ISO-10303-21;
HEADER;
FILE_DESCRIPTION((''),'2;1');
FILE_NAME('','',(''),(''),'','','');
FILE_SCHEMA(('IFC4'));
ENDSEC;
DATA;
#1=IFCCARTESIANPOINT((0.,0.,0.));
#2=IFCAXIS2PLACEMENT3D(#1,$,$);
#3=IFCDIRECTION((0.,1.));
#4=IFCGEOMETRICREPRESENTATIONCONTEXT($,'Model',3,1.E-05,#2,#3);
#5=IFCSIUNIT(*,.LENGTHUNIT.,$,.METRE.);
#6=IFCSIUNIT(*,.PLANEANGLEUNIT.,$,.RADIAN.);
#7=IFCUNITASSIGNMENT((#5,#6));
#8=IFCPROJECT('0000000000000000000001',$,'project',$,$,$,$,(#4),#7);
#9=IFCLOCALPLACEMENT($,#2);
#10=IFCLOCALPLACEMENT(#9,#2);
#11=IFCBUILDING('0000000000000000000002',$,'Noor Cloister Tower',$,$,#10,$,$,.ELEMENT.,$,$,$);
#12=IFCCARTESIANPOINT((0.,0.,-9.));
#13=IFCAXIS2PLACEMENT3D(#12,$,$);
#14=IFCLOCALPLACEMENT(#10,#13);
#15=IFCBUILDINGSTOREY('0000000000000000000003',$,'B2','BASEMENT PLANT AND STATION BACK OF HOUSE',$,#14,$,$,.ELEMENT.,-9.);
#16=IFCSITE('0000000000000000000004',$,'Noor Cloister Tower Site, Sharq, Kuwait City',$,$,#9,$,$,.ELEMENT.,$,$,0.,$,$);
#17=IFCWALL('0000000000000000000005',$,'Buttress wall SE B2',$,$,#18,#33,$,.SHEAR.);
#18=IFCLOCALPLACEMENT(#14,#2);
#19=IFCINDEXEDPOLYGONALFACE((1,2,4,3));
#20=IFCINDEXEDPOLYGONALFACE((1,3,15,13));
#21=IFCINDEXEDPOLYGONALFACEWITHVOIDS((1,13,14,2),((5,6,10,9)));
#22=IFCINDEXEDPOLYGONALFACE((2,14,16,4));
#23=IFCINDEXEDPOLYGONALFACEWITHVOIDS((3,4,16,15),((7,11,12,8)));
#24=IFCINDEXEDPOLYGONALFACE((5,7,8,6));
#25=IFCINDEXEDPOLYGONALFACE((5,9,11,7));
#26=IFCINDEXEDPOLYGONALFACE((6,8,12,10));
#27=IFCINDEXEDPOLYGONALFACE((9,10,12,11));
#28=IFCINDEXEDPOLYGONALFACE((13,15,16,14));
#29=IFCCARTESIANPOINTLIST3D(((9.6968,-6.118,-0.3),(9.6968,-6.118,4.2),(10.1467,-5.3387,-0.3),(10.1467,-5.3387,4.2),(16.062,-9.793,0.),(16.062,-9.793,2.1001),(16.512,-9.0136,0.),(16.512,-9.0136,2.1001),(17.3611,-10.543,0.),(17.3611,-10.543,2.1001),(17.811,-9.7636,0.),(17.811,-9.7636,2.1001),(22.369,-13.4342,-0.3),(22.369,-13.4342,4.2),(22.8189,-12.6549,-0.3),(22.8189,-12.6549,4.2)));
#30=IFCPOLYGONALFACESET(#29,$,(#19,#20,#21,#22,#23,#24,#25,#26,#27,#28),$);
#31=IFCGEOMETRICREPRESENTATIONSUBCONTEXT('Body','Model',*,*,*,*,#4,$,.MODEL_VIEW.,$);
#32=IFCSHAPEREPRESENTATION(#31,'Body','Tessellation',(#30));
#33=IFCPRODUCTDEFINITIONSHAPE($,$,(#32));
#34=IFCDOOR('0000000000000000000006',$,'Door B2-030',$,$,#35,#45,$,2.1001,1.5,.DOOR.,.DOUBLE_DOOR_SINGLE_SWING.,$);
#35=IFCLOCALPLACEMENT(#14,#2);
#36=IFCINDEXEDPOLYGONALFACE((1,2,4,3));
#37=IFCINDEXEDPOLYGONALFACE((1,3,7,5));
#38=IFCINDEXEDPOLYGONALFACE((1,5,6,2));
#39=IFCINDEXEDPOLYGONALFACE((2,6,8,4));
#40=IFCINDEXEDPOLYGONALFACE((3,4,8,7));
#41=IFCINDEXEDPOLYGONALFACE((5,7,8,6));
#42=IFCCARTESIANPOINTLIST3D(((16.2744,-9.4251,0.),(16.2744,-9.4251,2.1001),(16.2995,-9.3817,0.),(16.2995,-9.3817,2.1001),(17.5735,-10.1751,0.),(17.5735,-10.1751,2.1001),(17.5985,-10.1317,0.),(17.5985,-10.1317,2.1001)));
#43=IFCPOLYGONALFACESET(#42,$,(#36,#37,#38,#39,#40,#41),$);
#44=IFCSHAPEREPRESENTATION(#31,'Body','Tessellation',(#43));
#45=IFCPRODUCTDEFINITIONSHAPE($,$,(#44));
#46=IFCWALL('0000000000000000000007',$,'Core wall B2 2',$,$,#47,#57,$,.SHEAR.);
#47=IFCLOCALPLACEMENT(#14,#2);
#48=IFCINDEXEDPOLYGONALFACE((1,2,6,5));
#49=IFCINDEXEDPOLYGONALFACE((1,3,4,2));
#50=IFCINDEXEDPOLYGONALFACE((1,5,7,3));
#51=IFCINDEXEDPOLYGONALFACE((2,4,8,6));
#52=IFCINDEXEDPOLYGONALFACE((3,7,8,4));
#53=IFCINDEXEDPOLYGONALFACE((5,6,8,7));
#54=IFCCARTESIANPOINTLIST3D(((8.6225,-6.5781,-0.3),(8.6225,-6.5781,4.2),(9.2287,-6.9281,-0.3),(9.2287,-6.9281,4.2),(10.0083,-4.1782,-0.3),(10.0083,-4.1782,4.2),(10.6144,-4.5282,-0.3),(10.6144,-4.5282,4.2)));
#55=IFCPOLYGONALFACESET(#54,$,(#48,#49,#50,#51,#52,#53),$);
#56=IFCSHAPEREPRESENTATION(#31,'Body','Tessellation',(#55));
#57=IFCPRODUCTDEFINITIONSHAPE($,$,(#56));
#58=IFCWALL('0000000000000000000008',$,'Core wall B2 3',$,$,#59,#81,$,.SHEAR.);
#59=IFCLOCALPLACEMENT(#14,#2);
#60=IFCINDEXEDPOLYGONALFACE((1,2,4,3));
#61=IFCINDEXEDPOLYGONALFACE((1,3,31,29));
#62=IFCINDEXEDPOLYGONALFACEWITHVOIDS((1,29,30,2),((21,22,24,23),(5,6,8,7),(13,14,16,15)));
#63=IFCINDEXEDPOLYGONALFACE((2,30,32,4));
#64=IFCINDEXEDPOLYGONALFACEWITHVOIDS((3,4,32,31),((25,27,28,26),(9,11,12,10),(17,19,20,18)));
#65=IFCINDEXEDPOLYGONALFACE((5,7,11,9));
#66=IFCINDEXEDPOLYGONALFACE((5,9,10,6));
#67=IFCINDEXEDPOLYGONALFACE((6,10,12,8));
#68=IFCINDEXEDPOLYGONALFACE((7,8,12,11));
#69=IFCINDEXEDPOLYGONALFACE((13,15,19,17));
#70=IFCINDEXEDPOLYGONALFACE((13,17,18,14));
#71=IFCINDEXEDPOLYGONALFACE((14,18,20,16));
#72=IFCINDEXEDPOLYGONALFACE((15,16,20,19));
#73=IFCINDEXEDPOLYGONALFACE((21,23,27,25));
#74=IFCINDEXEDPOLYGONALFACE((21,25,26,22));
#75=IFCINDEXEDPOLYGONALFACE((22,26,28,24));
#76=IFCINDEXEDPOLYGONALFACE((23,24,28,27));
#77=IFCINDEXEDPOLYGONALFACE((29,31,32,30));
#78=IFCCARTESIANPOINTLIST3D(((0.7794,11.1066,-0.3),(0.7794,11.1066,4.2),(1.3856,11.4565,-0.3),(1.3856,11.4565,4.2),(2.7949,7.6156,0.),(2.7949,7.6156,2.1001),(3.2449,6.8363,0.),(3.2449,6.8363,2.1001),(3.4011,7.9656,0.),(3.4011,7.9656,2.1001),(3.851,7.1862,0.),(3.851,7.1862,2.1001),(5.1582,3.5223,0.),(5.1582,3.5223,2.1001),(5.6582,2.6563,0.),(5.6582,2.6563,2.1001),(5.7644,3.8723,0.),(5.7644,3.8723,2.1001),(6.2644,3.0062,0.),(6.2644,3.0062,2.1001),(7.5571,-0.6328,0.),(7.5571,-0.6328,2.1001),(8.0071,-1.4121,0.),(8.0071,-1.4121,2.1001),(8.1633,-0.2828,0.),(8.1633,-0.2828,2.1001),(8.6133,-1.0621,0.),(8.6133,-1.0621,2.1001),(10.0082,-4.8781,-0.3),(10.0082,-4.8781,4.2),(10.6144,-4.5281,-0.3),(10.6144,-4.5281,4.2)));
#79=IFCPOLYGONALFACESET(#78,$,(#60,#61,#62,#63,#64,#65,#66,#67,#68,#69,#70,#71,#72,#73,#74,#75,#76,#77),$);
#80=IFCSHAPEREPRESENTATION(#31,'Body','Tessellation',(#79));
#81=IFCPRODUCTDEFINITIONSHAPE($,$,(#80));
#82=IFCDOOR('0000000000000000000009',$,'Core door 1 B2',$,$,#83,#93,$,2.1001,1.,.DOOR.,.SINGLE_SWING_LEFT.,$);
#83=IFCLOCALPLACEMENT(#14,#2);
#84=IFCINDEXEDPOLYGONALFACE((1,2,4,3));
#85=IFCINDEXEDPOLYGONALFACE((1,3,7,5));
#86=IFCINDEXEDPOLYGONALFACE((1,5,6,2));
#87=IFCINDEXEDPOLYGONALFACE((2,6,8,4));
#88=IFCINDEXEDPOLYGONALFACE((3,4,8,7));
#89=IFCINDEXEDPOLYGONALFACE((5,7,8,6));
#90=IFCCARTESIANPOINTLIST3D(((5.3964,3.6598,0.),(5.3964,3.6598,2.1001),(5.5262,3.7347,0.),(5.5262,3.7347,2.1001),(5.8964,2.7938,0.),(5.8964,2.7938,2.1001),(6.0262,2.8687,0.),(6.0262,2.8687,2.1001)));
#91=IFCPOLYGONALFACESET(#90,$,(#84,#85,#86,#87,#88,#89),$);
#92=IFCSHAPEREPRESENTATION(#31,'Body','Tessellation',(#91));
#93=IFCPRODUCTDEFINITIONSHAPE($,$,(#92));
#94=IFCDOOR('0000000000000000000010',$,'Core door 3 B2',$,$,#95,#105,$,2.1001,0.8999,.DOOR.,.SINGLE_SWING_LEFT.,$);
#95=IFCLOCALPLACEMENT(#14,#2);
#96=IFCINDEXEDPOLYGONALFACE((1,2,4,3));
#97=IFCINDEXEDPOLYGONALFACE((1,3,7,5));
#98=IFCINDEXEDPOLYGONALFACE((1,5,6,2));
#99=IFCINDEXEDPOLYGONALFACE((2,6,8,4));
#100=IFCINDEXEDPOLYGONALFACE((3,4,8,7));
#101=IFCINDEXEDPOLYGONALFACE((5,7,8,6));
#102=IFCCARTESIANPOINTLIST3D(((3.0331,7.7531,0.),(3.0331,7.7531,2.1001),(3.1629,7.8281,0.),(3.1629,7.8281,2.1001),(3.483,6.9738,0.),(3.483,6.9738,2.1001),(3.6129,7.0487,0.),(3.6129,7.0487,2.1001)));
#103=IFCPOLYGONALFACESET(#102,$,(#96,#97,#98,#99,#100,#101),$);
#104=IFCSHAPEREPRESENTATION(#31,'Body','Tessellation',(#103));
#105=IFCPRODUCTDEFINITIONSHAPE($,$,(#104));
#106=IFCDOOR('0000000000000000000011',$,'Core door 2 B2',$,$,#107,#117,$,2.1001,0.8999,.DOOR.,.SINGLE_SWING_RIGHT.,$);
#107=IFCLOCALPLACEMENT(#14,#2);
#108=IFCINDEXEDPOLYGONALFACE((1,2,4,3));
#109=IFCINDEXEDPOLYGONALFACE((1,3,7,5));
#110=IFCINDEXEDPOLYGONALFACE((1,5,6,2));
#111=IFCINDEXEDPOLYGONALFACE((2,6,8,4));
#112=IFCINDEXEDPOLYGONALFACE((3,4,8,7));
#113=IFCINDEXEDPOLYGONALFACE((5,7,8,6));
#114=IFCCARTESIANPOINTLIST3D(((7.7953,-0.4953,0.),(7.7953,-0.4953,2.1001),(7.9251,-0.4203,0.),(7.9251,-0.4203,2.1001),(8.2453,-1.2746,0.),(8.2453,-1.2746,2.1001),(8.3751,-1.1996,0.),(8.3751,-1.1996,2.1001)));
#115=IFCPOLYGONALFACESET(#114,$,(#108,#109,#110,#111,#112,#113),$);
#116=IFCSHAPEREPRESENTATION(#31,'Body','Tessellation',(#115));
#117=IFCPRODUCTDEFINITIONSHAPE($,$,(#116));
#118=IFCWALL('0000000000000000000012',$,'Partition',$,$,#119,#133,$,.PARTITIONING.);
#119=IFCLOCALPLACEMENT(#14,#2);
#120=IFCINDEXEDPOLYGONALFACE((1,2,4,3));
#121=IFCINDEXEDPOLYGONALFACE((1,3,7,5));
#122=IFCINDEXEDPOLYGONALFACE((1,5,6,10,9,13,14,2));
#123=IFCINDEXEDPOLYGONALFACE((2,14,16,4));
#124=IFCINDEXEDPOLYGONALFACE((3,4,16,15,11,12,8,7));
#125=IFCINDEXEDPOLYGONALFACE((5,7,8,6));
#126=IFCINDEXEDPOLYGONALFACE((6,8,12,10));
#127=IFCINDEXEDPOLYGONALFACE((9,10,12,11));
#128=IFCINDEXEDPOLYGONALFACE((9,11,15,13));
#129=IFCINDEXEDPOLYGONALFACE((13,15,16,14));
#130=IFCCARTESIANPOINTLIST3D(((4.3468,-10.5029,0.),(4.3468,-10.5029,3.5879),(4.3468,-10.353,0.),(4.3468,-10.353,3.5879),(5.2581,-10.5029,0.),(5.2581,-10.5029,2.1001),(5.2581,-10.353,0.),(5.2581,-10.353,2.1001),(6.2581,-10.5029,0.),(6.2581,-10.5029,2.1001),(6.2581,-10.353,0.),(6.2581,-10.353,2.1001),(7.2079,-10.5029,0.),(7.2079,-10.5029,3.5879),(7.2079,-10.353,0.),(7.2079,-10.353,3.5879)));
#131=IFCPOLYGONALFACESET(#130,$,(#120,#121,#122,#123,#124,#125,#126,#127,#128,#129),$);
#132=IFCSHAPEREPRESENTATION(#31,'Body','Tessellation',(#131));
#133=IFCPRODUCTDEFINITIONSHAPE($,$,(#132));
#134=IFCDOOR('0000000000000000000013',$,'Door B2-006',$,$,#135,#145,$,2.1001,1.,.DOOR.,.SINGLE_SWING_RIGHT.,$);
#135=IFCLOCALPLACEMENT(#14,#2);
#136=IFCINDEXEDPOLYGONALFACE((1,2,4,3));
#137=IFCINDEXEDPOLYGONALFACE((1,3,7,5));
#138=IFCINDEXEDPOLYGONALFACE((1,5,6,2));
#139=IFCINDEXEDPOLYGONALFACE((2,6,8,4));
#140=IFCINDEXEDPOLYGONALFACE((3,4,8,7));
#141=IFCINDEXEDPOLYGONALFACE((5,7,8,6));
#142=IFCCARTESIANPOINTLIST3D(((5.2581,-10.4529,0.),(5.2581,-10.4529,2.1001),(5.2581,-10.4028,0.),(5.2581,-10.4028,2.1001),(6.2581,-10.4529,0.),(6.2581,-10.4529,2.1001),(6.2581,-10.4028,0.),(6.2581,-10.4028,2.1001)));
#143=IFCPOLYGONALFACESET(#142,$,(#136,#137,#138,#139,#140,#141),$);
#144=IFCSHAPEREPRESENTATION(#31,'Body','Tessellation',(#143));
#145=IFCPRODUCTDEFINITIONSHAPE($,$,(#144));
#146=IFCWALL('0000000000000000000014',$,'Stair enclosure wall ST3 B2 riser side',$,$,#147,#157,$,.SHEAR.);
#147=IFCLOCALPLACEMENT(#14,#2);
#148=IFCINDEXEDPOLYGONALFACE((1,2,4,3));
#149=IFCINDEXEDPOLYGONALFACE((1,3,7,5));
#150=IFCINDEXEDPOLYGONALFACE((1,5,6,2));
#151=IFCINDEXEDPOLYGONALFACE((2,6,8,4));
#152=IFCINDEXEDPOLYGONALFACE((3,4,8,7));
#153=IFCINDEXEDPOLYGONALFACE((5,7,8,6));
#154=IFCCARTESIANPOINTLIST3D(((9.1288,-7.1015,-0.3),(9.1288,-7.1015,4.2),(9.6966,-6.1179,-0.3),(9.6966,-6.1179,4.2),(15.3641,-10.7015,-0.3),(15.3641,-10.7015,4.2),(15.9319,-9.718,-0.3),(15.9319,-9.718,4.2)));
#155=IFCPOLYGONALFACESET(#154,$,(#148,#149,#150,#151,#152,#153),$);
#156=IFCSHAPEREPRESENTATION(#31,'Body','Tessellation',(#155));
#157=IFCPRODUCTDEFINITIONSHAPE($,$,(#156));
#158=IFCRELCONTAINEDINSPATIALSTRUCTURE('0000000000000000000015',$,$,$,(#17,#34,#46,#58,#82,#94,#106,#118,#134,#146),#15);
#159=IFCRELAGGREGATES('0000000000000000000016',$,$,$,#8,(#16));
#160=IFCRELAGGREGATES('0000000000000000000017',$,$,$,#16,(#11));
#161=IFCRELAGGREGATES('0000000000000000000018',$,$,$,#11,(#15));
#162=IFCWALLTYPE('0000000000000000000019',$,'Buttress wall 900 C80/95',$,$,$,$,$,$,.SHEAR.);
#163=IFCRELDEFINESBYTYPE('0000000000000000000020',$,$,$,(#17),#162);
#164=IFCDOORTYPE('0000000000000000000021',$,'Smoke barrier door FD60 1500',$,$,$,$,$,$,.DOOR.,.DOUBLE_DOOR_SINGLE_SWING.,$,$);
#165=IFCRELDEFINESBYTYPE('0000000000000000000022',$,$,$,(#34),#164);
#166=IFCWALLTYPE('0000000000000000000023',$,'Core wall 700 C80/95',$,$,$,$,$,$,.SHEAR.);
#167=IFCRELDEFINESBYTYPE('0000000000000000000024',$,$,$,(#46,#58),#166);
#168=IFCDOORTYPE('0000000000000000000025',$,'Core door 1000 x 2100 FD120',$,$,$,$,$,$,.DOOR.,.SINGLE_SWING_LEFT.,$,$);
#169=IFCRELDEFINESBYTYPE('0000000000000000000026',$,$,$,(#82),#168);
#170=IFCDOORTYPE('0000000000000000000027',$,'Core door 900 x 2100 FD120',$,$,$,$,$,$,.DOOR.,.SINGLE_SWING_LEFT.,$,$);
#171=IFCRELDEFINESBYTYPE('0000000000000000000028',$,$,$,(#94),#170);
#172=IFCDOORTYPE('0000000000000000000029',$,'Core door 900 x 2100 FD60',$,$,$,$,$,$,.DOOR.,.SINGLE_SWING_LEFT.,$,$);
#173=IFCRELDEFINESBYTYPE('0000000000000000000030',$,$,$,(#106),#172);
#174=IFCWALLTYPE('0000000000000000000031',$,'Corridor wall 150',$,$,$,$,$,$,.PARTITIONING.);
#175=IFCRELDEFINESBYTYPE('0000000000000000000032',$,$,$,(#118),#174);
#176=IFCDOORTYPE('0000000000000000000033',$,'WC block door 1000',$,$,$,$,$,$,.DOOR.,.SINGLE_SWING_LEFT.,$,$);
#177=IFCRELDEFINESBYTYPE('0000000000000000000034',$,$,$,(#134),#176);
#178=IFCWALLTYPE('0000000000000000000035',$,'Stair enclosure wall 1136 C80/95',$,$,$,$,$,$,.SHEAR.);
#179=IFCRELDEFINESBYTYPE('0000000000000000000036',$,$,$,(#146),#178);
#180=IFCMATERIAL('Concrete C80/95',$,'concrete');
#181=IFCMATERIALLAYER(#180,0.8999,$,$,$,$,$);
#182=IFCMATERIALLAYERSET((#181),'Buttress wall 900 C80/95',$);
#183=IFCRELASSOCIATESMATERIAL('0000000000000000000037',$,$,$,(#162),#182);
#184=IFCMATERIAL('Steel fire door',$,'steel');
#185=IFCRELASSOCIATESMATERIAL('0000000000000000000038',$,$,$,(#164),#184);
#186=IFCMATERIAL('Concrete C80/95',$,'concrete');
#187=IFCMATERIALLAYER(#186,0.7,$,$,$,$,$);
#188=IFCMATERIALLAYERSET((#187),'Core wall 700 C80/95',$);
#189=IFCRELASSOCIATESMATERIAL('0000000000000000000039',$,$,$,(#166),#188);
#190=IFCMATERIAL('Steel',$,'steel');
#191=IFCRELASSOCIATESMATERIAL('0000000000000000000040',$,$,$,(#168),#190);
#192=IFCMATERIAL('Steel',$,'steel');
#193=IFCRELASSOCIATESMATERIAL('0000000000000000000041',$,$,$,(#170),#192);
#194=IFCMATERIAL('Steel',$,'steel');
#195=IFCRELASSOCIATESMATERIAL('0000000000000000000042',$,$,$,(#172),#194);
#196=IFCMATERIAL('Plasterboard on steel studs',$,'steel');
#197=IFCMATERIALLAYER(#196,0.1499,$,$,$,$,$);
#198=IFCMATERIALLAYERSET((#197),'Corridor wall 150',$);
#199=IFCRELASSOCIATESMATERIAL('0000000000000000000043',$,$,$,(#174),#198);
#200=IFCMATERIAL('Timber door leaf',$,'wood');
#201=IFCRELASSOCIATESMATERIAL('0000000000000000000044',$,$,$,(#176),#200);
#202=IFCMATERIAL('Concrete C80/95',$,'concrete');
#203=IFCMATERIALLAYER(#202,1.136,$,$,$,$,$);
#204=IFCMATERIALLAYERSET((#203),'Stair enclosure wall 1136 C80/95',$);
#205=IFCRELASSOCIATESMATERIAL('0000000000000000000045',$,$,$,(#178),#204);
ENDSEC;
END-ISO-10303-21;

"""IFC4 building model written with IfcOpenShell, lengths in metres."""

from ifc_helpers import new_model, si_unit, direction, frame, frame_2d, origin, place, context, subcontext, project, spatial, rectangle, extrude, material, layer, layer_set, type_object, element, fill, save


model = new_model("IFC4")

# Units and contexts
model_context = context("Model", 3, precision=1e-05, world=origin(), true_north=direction((0.0, 1.0)))
body_context = subcontext(model_context, "Body", "Model", "MODEL_VIEW")
ifc_project = project(units=[si_unit("LENGTHUNIT", "METRE"), si_unit("PLANEANGLEUNIT", "RADIAN")], contexts=[model_context])

# Site, building, storey
site_placement = place(None, origin())
site = spatial("IfcSite", under=ifc_project, at=site_placement, Name="Noor Cloister Tower Site, Sharq, Kuwait City", CompositionType="ELEMENT", RefElevation=0.0)
building_placement = place(site_placement, origin())
building = spatial("IfcBuilding", under=site, at=building_placement, Name="Noor Cloister Tower", CompositionType="ELEMENT")
storey_placement = place(building_placement, frame((0.0, 0.0, -9.0)))
storey = spatial("IfcBuildingStorey", under=building, at=storey_placement, Name="B2", Description="BASEMENT PLANT AND STATION BACK OF HOUSE", CompositionType="ELEMENT", Elevation=-9.0)

# Wall, opening, door
ifc_material_1 = material(Name="Concrete C80/95", Category="concrete")
ifc_layer_1 = layer(ifc_material_1, 0.8999)
ifc_layer_set_1 = layer_set([ifc_layer_1], Name="Buttress wall 900 C80/95")
wall_type_1 = type_object("IfcWallType", Name="Buttress wall 900 C80/95", PredefinedType="SHEAR", material=ifc_layer_set_1)
wall_1_placement = place(storey_placement, frame((9.9216, -5.7283, -0.3), z_axis=(0.0, 0.0, 1.0), x_axis=(0.866028, -0.499995, 0.0)))
wall_1 = element("IfcWall", 1, at=wall_1_placement, inside=storey, type_object=wall_type_1, Name="Buttress wall SE B2", PredefinedType="SHEAR", context=body_context, shape_type="SweptSolid", body=[
    extrude(rectangle(XDim=14.6326, YDim=0.8999, at=frame_2d((7.3164, 0.0))), origin(), (0.0, 0.0, 1.0), 4.5),
])
opening_1_placement = place(wall_1_placement, frame((7.3501, 0.0, 0.3)))
opening_1 = element("IfcOpeningElement", 2, at=opening_1_placement, cuts=wall_1, PredefinedType="OPENING", context=body_context, shape_type="SweptSolid", body=[
    extrude(rectangle(XDim=1.5, YDim=2.1001, at=frame_2d((0.75, 1.05))), frame((0.0, 0.46, 0.0), z_axis=(0.0, -1.0, 0.0), x_axis=(1.0, 0.0, 0.0)), (0.0, 0.0, 1.0), 0.9199),
])
ifc_material_2 = material(Name="Steel fire door", Category="steel")
door_type_1 = type_object("IfcDoorType", Name="Smoke barrier door FD60 1500", OperationType="DOUBLE_DOOR_SINGLE_SWING", PredefinedType="DOOR", material=ifc_material_2)
door_1_placement = place(opening_1_placement, origin())
door_1 = element("IfcDoor", 3, at=door_1_placement, inside=storey, type_object=door_type_1, Name="Door B2-030", OperationType="DOUBLE_DOOR_SINGLE_SWING", OverallHeight=2.1001, OverallWidth=1.5, PredefinedType="DOOR", context=body_context, shape_type="SweptSolid", body=[
    extrude(rectangle(XDim=1.5, YDim=2.1001, at=frame_2d((0.75, 1.05))), frame((0.0, 0.0249, 0.0), z_axis=(0.0, -1.0, 0.0), x_axis=(1.0, 0.0, 0.0)), (0.0, 0.0, 1.0), 0.05),
])
fill(opening_1, door_1)

# Wall
ifc_material_3 = material(Name="Concrete C80/95", Category="concrete")
ifc_layer_2 = layer(ifc_material_3, 0.7)
ifc_layer_set_2 = layer_set([ifc_layer_2], Name="Core wall 700 C80/95")
wall_type_2 = type_object("IfcWallType", Name="Core wall 700 C80/95", PredefinedType="SHEAR", material=ifc_layer_set_2)
wall_2_placement = place(storey_placement, frame((8.9255, -6.7532, -0.3), z_axis=(0.0, 0.0, 1.0), x_axis=(0.500043, 0.866001, 0.0)))
element("IfcWall", 4, at=wall_2_placement, inside=storey, type_object=wall_type_2, Name="Core wall B2 2", PredefinedType="SHEAR", context=body_context, shape_type="SweptSolid", body=[
    extrude(rectangle(XDim=2.7712, YDim=0.7, at=frame_2d((1.3857, 0.0))), origin(), (0.0, 0.0, 1.0), 4.5),
])

# Wall, openings, doors
wall_3_placement = place(storey_placement, frame((10.3113, -4.7031, -0.3), z_axis=(0.0, 0.0, 1.0), x_axis=(-0.500001, 0.866025, 0.0)))
wall_3 = element("IfcWall", 5, at=wall_3_placement, inside=storey, type_object=wall_type_2, Name="Core wall B2 3", PredefinedType="SHEAR", context=body_context, shape_type="SweptSolid", body=[
    extrude(rectangle(XDim=18.4575, YDim=0.7, at=frame_2d((9.2288, 0.0))), origin(), (0.0, 0.0, 1.0), 4.5),
])
opening_2_placement = place(wall_3_placement, frame((8.7, 0.0, 0.3)))
opening_2 = element("IfcOpeningElement", 6, at=opening_2_placement, cuts=wall_3, PredefinedType="OPENING", context=body_context, shape_type="SweptSolid", body=[
    extrude(rectangle(XDim=1.0, YDim=2.1001, at=frame_2d((0.5, 1.05))), frame((0.0, 0.3599, 0.0), z_axis=(0.0, -1.0, 0.0), x_axis=(1.0, 0.0, 0.0)), (0.0, 0.0, 1.0), 0.72),
])
opening_3_placement = place(wall_3_placement, frame((4.0022, 0.0, 0.3)))
opening_3 = element("IfcOpeningElement", 7, at=opening_3_placement, cuts=wall_3, PredefinedType="OPENING", context=body_context, shape_type="SweptSolid", body=[
    extrude(rectangle(XDim=0.8999, YDim=2.1001, at=frame_2d((0.45, 1.05))), frame((0.0, 0.3599, 0.0), z_axis=(0.0, -1.0, 0.0), x_axis=(1.0, 0.0, 0.0)), (0.0, 0.0, 1.0), 0.72),
])
opening_4_placement = place(wall_3_placement, frame((13.5266, 0.0, 0.3)))
opening_4 = element("IfcOpeningElement", 8, at=opening_4_placement, cuts=wall_3, PredefinedType="OPENING", context=body_context, shape_type="SweptSolid", body=[
    extrude(rectangle(XDim=0.8999, YDim=2.1001, at=frame_2d((0.45, 1.05))), frame((0.0, 0.3599, 0.0), z_axis=(0.0, -1.0, 0.0), x_axis=(1.0, 0.0, 0.0)), (0.0, 0.0, 1.0), 0.72),
])
ifc_material_4 = material(Name="Steel", Category="steel")
door_type_2 = type_object("IfcDoorType", Name="Core door 1000 x 2100 FD120", OperationType="SINGLE_SWING_LEFT", PredefinedType="DOOR", material=ifc_material_4)
door_2_placement = place(opening_2_placement, origin())
door_2 = element("IfcDoor", 9, at=door_2_placement, inside=storey, type_object=door_type_2, Name="Core door 1 B2", OperationType="SINGLE_SWING_LEFT", OverallHeight=2.1001, OverallWidth=1.0, PredefinedType="DOOR", context=body_context, shape_type="SweptSolid", body=[
    extrude(rectangle(XDim=1.0, YDim=2.1001, at=frame_2d((0.5, 1.05))), frame((0.0, 0.075, 0.0), z_axis=(0.0, -1.0, 0.0), x_axis=(1.0, 0.0, 0.0)), (0.0, 0.0, 1.0), 0.1499),
])
fill(opening_2, door_2)
ifc_material_5 = material(Name="Steel", Category="steel")
door_type_3 = type_object("IfcDoorType", Name="Core door 900 x 2100 FD120", OperationType="SINGLE_SWING_LEFT", PredefinedType="DOOR", material=ifc_material_5)
door_3_placement = place(opening_4_placement, origin())
door_3 = element("IfcDoor", 10, at=door_3_placement, inside=storey, type_object=door_type_3, Name="Core door 3 B2", OperationType="SINGLE_SWING_LEFT", OverallHeight=2.1001, OverallWidth=0.8999, PredefinedType="DOOR", context=body_context, shape_type="SweptSolid", body=[
    extrude(rectangle(XDim=0.8999, YDim=2.1001, at=frame_2d((0.45, 1.05))), frame((0.0, 0.075, 0.0), z_axis=(0.0, -1.0, 0.0), x_axis=(1.0, 0.0, 0.0)), (0.0, 0.0, 1.0), 0.1499),
])
fill(opening_4, door_3)
ifc_material_6 = material(Name="Steel", Category="steel")
door_type_4 = type_object("IfcDoorType", Name="Core door 900 x 2100 FD60", OperationType="SINGLE_SWING_LEFT", PredefinedType="DOOR", material=ifc_material_6)
door_4_placement = place(opening_3_placement, origin())
door_4 = element("IfcDoor", 11, at=door_4_placement, inside=storey, type_object=door_type_4, Name="Core door 2 B2", OperationType="SINGLE_SWING_RIGHT", OverallHeight=2.1001, OverallWidth=0.8999, PredefinedType="DOOR", context=body_context, shape_type="SweptSolid", body=[
    extrude(rectangle(XDim=0.8999, YDim=2.1001, at=frame_2d((0.45, 1.05))), frame((0.0, 0.075, 0.0), z_axis=(0.0, -1.0, 0.0), x_axis=(1.0, 0.0, 0.0)), (0.0, 0.0, 1.0), 0.1499),
])
fill(opening_3, door_4)

# Wall, opening, door
ifc_material_7 = material(Name="Plasterboard on steel studs", Category="steel")
ifc_layer_3 = layer(ifc_material_7, 0.1499)
ifc_layer_set_3 = layer_set([ifc_layer_3], Name="Corridor wall 150")
wall_type_3 = type_object("IfcWallType", Name="Corridor wall 150", PredefinedType="PARTITIONING", material=ifc_layer_set_3)
wall_4_placement = place(storey_placement, frame((7.208, -10.428, 0.0), z_axis=(0.0, 0.0, 1.0), x_axis=(-1.0, 0.0, 0.0)))
wall_4 = element("IfcWall", 12, at=wall_4_placement, inside=storey, type_object=wall_type_3, Name="Partition", PredefinedType="PARTITIONING", context=body_context, shape_type="SweptSolid", body=[
    extrude(rectangle(XDim=2.8611, YDim=0.1499, at=frame_2d((1.4307, 0.0))), origin(), (0.0, 0.0, 1.0), 3.5879),
])
opening_5_placement = place(wall_4_placement, frame((0.95, 0.0, 0.0)))
opening_5 = element("IfcOpeningElement", 13, at=opening_5_placement, cuts=wall_4, PredefinedType="OPENING", context=body_context, shape_type="SweptSolid", body=[
    extrude(rectangle(XDim=1.0, YDim=2.1001, at=frame_2d((0.5, 1.05))), frame((0.0, 0.085, 0.0), z_axis=(0.0, -1.0, 0.0), x_axis=(1.0, 0.0, 0.0)), (0.0, 0.0, 1.0), 0.1699),
])
ifc_material_8 = material(Name="Timber door leaf", Category="wood")
door_type_5 = type_object("IfcDoorType", Name="WC block door 1000", OperationType="SINGLE_SWING_LEFT", PredefinedType="DOOR", material=ifc_material_8)
door_5_placement = place(opening_5_placement, origin())
door_5 = element("IfcDoor", 14, at=door_5_placement, inside=storey, type_object=door_type_5, Name="Door B2-006", OperationType="SINGLE_SWING_RIGHT", OverallHeight=2.1001, OverallWidth=1.0, PredefinedType="DOOR", context=body_context, shape_type="SweptSolid", body=[
    extrude(rectangle(XDim=1.0, YDim=2.1001, at=frame_2d((0.5, 1.05))), frame((0.0, 0.0249, 0.0), z_axis=(0.0, -1.0, 0.0), x_axis=(1.0, 0.0, 0.0)), (0.0, 0.0, 1.0), 0.05),
])
fill(opening_5, door_5)

# Wall
ifc_material_9 = material(Name="Concrete C80/95", Category="concrete")
ifc_layer_4 = layer(ifc_material_9, 1.136)
ifc_layer_set_4 = layer_set([ifc_layer_4], Name="Stair enclosure wall 1136 C80/95")
wall_type_4 = type_object("IfcWallType", Name="Stair enclosure wall 1136 C80/95", PredefinedType="SHEAR", material=ifc_layer_set_4)
wall_5_placement = place(storey_placement, frame((9.4126, -6.6096, -0.3), z_axis=(0.0, 0.0, 1.0), x_axis=(0.866018, -0.500012, 0.0)))
element("IfcWall", 15, at=wall_5_placement, inside=storey, type_object=wall_type_4, Name="Stair enclosure wall ST3 B2 riser side", PredefinedType="SHEAR", context=body_context, shape_type="SweptSolid", body=[
    extrude(rectangle(XDim=7.2, YDim=1.1357, at=frame_2d((3.6001, 0.0))), origin(), (0.0, 0.0, 1.0), 4.5),
])

save(model, "model.ifc")
